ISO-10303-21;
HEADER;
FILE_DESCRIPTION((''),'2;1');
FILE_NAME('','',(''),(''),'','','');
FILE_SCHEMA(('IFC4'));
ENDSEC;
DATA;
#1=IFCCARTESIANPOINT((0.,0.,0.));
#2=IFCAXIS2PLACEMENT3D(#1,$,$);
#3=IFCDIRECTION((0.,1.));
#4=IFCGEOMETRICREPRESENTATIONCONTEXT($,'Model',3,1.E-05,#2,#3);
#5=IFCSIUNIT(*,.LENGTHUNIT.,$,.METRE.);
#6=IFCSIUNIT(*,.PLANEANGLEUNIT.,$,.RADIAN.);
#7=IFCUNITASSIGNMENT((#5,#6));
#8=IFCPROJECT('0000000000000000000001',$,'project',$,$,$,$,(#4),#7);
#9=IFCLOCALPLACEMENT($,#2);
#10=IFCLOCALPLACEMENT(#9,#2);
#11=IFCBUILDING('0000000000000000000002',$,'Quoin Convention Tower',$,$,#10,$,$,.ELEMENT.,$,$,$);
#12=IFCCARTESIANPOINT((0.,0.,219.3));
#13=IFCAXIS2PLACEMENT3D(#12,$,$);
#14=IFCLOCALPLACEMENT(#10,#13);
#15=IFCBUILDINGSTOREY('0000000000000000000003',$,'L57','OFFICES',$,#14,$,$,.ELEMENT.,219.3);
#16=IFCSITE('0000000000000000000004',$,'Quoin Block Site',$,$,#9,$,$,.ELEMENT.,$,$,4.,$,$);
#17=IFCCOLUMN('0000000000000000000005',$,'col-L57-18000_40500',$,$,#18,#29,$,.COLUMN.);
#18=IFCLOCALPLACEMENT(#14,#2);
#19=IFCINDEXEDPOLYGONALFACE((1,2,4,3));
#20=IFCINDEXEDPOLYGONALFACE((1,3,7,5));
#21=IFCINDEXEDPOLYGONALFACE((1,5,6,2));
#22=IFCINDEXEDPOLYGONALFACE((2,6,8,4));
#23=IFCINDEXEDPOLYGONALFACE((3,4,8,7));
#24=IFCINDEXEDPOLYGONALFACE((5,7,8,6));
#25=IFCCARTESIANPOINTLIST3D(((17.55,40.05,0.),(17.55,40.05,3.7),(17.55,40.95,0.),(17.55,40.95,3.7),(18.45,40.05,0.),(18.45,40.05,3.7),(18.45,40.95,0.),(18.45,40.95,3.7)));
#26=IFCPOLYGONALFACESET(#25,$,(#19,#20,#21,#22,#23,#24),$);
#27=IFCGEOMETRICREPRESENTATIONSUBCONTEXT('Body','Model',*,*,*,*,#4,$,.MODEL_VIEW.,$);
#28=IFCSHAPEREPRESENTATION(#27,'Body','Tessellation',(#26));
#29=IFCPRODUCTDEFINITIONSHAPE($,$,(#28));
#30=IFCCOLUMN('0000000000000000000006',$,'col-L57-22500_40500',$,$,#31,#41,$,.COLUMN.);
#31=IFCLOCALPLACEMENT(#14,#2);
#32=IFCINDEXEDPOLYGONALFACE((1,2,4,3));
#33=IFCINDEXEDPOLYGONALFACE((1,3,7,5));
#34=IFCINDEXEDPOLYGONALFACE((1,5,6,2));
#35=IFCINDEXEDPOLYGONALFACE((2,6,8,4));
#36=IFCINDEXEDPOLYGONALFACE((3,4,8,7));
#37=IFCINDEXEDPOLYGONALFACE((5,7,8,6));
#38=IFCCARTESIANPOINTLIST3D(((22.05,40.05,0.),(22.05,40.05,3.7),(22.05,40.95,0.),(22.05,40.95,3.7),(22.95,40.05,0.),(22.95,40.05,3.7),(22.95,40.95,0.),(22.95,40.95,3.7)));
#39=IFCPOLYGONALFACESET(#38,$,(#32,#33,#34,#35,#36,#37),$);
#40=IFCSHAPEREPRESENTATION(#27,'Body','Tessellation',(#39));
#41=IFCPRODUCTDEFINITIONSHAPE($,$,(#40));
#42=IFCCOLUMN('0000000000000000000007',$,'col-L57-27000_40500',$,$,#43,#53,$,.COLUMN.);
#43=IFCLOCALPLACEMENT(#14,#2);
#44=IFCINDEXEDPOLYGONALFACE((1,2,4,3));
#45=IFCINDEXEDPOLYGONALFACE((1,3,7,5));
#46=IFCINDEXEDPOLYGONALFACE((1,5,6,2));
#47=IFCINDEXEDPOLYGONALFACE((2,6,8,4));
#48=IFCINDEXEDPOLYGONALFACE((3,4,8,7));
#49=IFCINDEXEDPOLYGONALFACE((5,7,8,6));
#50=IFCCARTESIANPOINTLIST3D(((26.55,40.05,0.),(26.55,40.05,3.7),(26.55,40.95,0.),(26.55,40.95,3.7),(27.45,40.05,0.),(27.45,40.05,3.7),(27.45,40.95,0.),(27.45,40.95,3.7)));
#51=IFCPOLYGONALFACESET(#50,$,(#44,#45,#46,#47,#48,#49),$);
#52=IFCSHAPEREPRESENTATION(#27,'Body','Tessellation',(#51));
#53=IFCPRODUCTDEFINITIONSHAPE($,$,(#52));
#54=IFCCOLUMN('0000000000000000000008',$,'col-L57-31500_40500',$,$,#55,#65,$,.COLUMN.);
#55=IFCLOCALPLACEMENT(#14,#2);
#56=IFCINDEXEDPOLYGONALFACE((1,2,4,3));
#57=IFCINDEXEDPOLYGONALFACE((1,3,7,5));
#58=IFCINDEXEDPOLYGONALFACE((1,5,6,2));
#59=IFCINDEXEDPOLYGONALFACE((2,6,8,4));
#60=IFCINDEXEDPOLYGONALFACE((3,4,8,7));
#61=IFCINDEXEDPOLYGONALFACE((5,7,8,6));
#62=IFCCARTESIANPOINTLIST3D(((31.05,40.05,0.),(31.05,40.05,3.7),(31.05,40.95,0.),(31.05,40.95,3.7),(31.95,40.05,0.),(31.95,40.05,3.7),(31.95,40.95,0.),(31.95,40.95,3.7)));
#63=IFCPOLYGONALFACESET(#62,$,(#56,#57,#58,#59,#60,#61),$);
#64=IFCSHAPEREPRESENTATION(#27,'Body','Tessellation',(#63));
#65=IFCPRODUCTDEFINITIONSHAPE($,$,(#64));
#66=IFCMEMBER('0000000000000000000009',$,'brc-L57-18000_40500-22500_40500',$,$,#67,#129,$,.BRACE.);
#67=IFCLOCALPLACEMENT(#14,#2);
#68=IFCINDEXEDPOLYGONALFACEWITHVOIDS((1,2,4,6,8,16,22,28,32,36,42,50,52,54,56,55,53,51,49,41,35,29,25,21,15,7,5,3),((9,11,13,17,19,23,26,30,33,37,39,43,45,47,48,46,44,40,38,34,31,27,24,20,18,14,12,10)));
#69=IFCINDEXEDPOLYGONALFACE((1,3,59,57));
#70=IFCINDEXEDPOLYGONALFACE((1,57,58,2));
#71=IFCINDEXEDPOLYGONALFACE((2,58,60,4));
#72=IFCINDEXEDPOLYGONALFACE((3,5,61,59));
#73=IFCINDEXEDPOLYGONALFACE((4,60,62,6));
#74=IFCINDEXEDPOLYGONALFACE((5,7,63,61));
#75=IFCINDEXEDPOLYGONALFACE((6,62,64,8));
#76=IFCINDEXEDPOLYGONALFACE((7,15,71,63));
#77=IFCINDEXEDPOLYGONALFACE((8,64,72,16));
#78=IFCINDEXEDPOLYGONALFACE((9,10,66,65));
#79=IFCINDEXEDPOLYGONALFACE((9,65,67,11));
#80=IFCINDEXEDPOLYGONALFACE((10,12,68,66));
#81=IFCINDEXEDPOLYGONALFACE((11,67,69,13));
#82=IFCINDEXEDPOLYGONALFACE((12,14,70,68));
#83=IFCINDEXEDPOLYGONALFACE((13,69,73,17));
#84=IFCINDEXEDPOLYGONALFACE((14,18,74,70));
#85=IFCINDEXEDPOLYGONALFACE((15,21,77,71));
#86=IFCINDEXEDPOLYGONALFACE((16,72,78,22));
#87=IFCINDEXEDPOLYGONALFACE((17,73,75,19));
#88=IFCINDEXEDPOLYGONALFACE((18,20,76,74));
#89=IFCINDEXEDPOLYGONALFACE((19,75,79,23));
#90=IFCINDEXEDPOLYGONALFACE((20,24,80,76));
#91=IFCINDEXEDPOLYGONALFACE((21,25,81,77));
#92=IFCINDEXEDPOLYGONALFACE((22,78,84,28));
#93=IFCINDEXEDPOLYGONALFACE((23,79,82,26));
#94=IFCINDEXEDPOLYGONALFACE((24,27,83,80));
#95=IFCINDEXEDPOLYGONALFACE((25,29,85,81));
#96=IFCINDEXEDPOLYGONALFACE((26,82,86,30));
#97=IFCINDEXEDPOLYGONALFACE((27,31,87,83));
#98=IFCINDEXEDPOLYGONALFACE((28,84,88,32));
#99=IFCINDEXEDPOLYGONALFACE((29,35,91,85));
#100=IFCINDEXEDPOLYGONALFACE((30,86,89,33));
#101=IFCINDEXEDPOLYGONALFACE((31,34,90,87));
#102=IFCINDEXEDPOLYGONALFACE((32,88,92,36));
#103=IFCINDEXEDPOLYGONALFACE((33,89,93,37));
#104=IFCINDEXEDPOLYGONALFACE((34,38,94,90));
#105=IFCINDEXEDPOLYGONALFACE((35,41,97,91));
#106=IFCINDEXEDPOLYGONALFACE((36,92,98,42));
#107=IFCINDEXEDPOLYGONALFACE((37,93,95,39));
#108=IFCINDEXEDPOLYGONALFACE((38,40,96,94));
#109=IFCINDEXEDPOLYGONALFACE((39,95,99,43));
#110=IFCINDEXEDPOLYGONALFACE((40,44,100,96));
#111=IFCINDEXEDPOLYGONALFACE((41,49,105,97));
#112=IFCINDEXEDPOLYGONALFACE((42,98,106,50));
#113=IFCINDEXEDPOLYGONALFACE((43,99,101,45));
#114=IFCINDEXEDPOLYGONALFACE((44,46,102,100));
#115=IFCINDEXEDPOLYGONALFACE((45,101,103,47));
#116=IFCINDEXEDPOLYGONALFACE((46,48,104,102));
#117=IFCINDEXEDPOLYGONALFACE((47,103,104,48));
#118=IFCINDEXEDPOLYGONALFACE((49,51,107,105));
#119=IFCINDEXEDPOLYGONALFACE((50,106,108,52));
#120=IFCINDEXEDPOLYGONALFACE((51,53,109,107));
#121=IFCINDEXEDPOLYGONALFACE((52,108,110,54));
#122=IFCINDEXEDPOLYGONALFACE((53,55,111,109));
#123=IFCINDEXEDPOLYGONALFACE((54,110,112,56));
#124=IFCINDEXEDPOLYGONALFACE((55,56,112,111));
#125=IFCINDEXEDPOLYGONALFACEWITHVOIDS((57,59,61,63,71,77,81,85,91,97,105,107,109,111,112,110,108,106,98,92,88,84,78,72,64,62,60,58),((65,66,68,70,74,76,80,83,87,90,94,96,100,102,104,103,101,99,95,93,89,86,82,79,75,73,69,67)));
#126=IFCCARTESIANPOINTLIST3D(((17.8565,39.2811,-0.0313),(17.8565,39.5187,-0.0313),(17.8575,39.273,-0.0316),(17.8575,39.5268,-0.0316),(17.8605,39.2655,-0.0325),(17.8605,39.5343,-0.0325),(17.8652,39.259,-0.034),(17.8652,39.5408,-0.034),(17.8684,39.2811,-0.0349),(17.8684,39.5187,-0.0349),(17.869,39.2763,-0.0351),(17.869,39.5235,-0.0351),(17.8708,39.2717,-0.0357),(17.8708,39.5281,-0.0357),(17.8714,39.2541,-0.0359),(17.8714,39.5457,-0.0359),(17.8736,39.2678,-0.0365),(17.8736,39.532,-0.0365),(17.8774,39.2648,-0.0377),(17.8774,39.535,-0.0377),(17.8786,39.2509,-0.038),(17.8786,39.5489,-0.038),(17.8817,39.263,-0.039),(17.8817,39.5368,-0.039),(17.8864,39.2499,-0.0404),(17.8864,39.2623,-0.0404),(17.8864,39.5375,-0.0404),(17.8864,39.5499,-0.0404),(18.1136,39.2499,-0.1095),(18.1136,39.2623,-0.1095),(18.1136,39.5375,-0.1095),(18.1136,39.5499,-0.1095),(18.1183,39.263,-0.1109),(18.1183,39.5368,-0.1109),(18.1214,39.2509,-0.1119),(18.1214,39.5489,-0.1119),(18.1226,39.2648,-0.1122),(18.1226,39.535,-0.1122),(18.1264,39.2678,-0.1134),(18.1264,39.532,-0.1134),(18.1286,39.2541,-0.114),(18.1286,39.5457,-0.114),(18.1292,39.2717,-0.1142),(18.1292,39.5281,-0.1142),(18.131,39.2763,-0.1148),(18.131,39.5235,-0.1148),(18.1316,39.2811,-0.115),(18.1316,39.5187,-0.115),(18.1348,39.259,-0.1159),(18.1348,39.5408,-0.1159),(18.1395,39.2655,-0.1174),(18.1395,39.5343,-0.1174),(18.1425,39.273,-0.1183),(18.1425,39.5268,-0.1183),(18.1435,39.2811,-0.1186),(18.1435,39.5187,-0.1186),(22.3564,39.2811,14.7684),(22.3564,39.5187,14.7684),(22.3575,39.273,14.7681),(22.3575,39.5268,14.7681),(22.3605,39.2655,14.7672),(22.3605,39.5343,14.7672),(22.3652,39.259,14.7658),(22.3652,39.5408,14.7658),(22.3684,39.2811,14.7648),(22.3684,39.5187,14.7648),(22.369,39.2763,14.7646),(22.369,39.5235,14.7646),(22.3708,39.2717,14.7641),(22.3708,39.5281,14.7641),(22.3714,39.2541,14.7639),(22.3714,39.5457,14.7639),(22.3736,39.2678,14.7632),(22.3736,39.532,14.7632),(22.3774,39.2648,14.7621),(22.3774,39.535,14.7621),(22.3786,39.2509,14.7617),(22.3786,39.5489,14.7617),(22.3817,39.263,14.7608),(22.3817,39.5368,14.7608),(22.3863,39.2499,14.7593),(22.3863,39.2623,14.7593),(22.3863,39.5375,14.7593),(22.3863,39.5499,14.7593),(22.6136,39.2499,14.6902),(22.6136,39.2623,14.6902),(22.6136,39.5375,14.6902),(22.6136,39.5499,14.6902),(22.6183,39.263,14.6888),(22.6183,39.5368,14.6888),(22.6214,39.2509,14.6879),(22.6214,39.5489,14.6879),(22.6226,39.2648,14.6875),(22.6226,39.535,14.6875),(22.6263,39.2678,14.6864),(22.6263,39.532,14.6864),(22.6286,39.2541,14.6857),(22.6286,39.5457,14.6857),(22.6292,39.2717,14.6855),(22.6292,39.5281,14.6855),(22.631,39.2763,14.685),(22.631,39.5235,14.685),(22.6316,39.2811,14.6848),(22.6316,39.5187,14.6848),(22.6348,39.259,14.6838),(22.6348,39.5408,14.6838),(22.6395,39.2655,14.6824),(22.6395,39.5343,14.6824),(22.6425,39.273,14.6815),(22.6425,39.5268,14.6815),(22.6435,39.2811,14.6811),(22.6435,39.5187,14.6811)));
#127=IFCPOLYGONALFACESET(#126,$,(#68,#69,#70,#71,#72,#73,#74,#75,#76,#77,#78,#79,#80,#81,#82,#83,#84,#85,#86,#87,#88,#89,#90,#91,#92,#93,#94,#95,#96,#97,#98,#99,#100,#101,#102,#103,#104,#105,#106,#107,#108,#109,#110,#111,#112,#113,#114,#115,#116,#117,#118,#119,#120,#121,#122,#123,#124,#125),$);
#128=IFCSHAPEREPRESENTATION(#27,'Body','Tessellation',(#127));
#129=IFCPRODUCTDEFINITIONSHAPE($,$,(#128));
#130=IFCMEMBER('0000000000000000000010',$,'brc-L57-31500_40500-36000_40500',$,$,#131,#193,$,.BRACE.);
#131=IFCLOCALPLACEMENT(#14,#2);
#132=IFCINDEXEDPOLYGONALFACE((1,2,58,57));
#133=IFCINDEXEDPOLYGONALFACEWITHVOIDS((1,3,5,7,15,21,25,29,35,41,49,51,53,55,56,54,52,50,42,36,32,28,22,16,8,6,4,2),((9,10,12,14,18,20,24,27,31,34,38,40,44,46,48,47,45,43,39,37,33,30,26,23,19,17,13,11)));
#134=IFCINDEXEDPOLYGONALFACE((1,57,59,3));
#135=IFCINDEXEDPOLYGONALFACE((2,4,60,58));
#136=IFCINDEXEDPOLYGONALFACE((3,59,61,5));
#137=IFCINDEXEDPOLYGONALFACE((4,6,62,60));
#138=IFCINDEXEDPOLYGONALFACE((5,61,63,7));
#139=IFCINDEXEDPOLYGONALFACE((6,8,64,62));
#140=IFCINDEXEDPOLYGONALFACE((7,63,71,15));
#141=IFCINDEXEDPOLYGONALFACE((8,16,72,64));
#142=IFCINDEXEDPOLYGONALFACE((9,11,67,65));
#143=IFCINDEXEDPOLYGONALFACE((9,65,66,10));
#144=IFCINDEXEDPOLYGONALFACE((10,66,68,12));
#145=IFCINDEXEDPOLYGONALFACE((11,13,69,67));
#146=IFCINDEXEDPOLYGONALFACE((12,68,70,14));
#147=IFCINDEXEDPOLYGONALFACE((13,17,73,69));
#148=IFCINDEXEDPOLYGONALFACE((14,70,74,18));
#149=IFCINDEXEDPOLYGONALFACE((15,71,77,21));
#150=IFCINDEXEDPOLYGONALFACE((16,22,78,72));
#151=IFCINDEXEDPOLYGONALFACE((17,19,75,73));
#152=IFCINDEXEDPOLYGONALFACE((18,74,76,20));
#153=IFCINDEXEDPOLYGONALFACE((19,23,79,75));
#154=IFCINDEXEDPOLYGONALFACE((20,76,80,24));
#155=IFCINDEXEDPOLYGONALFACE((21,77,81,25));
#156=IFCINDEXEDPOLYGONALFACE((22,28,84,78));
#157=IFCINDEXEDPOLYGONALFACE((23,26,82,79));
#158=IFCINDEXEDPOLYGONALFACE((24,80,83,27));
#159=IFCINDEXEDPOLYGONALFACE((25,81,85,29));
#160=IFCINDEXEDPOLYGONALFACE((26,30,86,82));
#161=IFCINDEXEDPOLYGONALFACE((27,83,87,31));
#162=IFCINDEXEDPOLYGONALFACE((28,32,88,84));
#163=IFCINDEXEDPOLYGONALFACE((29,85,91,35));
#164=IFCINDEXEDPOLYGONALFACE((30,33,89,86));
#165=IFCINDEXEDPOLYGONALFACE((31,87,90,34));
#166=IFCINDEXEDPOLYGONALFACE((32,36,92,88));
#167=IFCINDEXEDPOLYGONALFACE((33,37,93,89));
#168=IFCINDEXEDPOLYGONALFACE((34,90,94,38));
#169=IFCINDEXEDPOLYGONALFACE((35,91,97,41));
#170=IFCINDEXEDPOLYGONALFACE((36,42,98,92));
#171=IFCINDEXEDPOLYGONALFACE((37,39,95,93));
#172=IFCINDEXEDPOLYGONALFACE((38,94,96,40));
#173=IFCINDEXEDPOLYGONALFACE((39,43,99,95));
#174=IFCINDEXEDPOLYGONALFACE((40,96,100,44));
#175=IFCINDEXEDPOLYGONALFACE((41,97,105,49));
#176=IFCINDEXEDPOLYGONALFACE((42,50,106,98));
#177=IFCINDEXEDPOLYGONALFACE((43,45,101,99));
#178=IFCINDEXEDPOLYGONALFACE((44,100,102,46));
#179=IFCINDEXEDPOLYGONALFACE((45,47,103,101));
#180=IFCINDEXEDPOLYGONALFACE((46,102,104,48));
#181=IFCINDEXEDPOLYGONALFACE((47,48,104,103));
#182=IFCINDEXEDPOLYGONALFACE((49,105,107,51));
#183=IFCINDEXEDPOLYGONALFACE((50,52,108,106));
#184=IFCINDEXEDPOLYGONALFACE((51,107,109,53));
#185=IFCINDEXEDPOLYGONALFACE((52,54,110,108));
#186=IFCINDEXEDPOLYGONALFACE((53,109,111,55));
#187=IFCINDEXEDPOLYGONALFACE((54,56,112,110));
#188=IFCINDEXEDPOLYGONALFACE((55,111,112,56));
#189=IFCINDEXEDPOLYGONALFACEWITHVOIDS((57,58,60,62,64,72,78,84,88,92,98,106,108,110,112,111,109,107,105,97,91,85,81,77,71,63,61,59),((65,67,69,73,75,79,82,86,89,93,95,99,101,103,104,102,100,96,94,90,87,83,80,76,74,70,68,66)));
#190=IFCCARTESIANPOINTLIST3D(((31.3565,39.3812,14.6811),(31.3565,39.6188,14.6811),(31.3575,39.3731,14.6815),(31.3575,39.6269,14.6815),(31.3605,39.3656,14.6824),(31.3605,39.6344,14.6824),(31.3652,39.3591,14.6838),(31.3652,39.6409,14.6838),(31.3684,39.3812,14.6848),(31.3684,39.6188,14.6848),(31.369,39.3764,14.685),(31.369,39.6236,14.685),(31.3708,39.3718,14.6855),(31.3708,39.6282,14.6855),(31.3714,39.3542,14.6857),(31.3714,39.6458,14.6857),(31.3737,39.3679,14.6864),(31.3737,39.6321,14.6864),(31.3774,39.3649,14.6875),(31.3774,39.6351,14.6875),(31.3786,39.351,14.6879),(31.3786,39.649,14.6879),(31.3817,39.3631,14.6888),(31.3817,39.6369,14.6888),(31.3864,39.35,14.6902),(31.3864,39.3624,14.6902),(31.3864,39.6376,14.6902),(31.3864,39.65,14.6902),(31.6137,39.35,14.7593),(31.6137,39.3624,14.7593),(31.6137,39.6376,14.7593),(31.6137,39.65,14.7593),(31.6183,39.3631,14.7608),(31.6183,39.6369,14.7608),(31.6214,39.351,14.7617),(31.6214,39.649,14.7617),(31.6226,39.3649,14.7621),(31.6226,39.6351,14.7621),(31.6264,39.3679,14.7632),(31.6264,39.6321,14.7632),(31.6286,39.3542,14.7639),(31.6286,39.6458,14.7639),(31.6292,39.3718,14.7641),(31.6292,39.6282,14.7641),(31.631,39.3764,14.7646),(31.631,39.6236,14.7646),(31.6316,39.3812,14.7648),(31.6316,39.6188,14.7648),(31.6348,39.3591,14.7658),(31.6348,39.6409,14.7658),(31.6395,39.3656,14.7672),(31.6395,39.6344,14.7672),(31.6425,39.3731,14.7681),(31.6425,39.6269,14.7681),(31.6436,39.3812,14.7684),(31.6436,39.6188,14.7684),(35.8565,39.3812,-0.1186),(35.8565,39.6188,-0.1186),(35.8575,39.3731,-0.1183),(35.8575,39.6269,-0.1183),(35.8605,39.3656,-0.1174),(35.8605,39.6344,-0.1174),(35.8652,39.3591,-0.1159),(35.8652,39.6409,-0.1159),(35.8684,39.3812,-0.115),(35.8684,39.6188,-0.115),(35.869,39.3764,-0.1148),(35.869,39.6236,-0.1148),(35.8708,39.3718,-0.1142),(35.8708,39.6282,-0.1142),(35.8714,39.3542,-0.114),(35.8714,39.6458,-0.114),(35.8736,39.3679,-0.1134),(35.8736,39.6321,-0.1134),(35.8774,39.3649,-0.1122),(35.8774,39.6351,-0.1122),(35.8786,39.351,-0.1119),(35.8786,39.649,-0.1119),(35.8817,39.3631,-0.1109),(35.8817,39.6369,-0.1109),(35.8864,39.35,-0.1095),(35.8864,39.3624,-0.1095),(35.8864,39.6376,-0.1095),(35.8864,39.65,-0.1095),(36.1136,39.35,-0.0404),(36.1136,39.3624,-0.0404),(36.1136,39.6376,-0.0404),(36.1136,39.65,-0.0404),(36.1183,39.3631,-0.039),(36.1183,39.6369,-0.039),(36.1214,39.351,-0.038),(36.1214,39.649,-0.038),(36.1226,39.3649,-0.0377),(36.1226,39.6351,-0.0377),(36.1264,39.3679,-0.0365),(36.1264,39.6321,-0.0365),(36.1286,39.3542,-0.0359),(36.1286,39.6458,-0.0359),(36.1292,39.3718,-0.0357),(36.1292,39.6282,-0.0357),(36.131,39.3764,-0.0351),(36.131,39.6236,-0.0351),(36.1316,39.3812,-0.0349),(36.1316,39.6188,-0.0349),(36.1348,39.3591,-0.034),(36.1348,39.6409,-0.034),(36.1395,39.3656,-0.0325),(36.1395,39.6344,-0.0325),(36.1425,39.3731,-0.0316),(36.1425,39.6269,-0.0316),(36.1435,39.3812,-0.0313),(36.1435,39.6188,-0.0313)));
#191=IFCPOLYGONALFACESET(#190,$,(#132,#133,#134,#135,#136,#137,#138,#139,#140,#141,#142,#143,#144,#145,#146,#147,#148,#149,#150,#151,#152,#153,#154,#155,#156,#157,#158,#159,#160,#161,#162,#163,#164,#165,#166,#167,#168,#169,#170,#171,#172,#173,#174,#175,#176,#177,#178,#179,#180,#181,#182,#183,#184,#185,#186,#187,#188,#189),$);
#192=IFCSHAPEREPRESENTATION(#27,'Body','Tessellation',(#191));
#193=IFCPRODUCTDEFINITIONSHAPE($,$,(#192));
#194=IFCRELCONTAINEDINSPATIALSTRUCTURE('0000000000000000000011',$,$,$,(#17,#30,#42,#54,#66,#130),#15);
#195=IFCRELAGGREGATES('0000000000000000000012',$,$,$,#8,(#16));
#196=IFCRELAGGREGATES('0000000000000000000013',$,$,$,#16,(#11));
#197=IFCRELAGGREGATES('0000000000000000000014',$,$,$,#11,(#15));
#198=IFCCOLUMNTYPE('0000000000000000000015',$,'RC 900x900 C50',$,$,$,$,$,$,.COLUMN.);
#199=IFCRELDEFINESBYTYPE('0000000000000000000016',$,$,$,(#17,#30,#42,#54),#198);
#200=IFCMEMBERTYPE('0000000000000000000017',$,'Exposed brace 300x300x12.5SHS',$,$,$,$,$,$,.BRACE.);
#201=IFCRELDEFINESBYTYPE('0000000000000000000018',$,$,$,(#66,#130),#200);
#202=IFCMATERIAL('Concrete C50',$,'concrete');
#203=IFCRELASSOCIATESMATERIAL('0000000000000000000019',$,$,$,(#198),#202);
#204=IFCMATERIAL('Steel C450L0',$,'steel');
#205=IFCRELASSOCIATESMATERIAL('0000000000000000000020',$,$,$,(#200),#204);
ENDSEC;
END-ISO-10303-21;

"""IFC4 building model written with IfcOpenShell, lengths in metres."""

from ifc_helpers import new_model, si_unit, direction, frame, origin, origin_2d, place, context, subcontext, project, spatial, rectangle, hollow_rectangle, extrude, material, material_profile, profile_set, type_object, element, save


model = new_model("IFC4")

# Units and contexts
model_context = context("Model", 3, precision=1e-05, world=origin(), true_north=direction((0.0, 1.0)))
body_context = subcontext(model_context, "Body", "Model", "MODEL_VIEW")
ifc_project = project(units=[si_unit("LENGTHUNIT", "METRE"), si_unit("PLANEANGLEUNIT", "RADIAN")], contexts=[model_context])

# Site, building, storey
site_placement = place(None, origin())
site = spatial("IfcSite", under=ifc_project, at=site_placement, Name="Quoin Block Site", CompositionType="ELEMENT", RefElevation=4.0)
building_placement = place(site_placement, origin())
building = spatial("IfcBuilding", under=site, at=building_placement, Name="Quoin Convention Tower", CompositionType="ELEMENT")
storey_placement = place(building_placement, frame((0.0, 0.0, 219.3)))
storey = spatial("IfcBuildingStorey", under=building, at=storey_placement, Name="L57", Description="OFFICES", CompositionType="ELEMENT", Elevation=219.3)

# Columns
ifc_material_1 = material(Name="Concrete C50", Category="concrete")
ifc_material_profile_1 = material_profile(ifc_material_1, rectangle(XDim=0.8999, YDim=0.8999, at=origin_2d()), Name="RC 900x900")
ifc_profile_set_1 = profile_set([ifc_material_profile_1], Name="Concrete C50")
column_type = type_object("IfcColumnType", Name="RC 900x900 C50", PredefinedType="COLUMN", material=ifc_profile_set_1)
for number, where, z_axis, x_axis, name in (
    (1, (18.0, 40.5, 0.0), (0.0, 0.0, 1.0), (1.0, 0.0, 0.0), "col-L57-18000_40500"),
    (2, (22.5, 40.5, 0.0), (0.0, 0.0, 1.0), (1.0, 0.0, 0.0), "col-L57-22500_40500"),
    (3, (27.0, 40.5, 0.0), (0.0, 0.0, 1.0), (1.0, 0.0, 0.0), "col-L57-27000_40500"),
    (4, (31.5, 40.5, 0.0), (0.0, 0.0, 1.0), (1.0, 0.0, 0.0), "col-L57-31500_40500"),
):
    element("IfcColumn", number, at=place(storey_placement, frame(where, z_axis=z_axis, x_axis=x_axis)), inside=storey, type_object=column_type, Name=name, PredefinedType="COLUMN", context=body_context, shape_type="SweptSolid", body=[
        extrude(rectangle(XDim=0.8999, YDim=0.8999, at=origin_2d()), origin(), (0.0, 0.0, 1.0), 3.7),
    ])

# Members
ifc_material_2 = material(Name="Steel C450L0", Category="steel")
ifc_material_profile_2 = material_profile(ifc_material_2, hollow_rectangle(XDim=0.3, YDim=0.3, WallThickness=0.0125, InnerFilletRadius=0.0188, OuterFilletRadius=0.0312, at=origin_2d()), Name="300x300x12.5SHS")
ifc_profile_set_2 = profile_set([ifc_material_profile_2], Name="Steel C450L0")
member_type = type_object("IfcMemberType", Name="Exposed brace 300x300x12.5SHS", PredefinedType="BRACE", material=ifc_profile_set_2)
for number, where, z_axis, x_axis, name in (
    (5, (18.0, 39.3999, -0.075), (0.290908, 0.0, 0.956751), (0.0, 1.0, 0.0), "brc-L57-18000_40500-22500_40500"),
    (6, (36.0, 39.5, -0.075), (-0.290908, 0.0, 0.956751), (0.0, -1.0, 0.0), "brc-L57-31500_40500-36000_40500"),
):
    element("IfcMember", number, at=place(storey_placement, frame(where, z_axis=z_axis, x_axis=x_axis)), inside=storey, type_object=member_type, Name=name, PredefinedType="BRACE", context=body_context, shape_type="SweptSolid", body=[
        extrude(hollow_rectangle(XDim=0.3, YDim=0.3, WallThickness=0.0125, InnerFilletRadius=0.0188, OuterFilletRadius=0.0312, at=origin_2d()), origin(), (0.0, 0.0, 1.0), 15.4688),
    ])

save(model, "model.ifc")
